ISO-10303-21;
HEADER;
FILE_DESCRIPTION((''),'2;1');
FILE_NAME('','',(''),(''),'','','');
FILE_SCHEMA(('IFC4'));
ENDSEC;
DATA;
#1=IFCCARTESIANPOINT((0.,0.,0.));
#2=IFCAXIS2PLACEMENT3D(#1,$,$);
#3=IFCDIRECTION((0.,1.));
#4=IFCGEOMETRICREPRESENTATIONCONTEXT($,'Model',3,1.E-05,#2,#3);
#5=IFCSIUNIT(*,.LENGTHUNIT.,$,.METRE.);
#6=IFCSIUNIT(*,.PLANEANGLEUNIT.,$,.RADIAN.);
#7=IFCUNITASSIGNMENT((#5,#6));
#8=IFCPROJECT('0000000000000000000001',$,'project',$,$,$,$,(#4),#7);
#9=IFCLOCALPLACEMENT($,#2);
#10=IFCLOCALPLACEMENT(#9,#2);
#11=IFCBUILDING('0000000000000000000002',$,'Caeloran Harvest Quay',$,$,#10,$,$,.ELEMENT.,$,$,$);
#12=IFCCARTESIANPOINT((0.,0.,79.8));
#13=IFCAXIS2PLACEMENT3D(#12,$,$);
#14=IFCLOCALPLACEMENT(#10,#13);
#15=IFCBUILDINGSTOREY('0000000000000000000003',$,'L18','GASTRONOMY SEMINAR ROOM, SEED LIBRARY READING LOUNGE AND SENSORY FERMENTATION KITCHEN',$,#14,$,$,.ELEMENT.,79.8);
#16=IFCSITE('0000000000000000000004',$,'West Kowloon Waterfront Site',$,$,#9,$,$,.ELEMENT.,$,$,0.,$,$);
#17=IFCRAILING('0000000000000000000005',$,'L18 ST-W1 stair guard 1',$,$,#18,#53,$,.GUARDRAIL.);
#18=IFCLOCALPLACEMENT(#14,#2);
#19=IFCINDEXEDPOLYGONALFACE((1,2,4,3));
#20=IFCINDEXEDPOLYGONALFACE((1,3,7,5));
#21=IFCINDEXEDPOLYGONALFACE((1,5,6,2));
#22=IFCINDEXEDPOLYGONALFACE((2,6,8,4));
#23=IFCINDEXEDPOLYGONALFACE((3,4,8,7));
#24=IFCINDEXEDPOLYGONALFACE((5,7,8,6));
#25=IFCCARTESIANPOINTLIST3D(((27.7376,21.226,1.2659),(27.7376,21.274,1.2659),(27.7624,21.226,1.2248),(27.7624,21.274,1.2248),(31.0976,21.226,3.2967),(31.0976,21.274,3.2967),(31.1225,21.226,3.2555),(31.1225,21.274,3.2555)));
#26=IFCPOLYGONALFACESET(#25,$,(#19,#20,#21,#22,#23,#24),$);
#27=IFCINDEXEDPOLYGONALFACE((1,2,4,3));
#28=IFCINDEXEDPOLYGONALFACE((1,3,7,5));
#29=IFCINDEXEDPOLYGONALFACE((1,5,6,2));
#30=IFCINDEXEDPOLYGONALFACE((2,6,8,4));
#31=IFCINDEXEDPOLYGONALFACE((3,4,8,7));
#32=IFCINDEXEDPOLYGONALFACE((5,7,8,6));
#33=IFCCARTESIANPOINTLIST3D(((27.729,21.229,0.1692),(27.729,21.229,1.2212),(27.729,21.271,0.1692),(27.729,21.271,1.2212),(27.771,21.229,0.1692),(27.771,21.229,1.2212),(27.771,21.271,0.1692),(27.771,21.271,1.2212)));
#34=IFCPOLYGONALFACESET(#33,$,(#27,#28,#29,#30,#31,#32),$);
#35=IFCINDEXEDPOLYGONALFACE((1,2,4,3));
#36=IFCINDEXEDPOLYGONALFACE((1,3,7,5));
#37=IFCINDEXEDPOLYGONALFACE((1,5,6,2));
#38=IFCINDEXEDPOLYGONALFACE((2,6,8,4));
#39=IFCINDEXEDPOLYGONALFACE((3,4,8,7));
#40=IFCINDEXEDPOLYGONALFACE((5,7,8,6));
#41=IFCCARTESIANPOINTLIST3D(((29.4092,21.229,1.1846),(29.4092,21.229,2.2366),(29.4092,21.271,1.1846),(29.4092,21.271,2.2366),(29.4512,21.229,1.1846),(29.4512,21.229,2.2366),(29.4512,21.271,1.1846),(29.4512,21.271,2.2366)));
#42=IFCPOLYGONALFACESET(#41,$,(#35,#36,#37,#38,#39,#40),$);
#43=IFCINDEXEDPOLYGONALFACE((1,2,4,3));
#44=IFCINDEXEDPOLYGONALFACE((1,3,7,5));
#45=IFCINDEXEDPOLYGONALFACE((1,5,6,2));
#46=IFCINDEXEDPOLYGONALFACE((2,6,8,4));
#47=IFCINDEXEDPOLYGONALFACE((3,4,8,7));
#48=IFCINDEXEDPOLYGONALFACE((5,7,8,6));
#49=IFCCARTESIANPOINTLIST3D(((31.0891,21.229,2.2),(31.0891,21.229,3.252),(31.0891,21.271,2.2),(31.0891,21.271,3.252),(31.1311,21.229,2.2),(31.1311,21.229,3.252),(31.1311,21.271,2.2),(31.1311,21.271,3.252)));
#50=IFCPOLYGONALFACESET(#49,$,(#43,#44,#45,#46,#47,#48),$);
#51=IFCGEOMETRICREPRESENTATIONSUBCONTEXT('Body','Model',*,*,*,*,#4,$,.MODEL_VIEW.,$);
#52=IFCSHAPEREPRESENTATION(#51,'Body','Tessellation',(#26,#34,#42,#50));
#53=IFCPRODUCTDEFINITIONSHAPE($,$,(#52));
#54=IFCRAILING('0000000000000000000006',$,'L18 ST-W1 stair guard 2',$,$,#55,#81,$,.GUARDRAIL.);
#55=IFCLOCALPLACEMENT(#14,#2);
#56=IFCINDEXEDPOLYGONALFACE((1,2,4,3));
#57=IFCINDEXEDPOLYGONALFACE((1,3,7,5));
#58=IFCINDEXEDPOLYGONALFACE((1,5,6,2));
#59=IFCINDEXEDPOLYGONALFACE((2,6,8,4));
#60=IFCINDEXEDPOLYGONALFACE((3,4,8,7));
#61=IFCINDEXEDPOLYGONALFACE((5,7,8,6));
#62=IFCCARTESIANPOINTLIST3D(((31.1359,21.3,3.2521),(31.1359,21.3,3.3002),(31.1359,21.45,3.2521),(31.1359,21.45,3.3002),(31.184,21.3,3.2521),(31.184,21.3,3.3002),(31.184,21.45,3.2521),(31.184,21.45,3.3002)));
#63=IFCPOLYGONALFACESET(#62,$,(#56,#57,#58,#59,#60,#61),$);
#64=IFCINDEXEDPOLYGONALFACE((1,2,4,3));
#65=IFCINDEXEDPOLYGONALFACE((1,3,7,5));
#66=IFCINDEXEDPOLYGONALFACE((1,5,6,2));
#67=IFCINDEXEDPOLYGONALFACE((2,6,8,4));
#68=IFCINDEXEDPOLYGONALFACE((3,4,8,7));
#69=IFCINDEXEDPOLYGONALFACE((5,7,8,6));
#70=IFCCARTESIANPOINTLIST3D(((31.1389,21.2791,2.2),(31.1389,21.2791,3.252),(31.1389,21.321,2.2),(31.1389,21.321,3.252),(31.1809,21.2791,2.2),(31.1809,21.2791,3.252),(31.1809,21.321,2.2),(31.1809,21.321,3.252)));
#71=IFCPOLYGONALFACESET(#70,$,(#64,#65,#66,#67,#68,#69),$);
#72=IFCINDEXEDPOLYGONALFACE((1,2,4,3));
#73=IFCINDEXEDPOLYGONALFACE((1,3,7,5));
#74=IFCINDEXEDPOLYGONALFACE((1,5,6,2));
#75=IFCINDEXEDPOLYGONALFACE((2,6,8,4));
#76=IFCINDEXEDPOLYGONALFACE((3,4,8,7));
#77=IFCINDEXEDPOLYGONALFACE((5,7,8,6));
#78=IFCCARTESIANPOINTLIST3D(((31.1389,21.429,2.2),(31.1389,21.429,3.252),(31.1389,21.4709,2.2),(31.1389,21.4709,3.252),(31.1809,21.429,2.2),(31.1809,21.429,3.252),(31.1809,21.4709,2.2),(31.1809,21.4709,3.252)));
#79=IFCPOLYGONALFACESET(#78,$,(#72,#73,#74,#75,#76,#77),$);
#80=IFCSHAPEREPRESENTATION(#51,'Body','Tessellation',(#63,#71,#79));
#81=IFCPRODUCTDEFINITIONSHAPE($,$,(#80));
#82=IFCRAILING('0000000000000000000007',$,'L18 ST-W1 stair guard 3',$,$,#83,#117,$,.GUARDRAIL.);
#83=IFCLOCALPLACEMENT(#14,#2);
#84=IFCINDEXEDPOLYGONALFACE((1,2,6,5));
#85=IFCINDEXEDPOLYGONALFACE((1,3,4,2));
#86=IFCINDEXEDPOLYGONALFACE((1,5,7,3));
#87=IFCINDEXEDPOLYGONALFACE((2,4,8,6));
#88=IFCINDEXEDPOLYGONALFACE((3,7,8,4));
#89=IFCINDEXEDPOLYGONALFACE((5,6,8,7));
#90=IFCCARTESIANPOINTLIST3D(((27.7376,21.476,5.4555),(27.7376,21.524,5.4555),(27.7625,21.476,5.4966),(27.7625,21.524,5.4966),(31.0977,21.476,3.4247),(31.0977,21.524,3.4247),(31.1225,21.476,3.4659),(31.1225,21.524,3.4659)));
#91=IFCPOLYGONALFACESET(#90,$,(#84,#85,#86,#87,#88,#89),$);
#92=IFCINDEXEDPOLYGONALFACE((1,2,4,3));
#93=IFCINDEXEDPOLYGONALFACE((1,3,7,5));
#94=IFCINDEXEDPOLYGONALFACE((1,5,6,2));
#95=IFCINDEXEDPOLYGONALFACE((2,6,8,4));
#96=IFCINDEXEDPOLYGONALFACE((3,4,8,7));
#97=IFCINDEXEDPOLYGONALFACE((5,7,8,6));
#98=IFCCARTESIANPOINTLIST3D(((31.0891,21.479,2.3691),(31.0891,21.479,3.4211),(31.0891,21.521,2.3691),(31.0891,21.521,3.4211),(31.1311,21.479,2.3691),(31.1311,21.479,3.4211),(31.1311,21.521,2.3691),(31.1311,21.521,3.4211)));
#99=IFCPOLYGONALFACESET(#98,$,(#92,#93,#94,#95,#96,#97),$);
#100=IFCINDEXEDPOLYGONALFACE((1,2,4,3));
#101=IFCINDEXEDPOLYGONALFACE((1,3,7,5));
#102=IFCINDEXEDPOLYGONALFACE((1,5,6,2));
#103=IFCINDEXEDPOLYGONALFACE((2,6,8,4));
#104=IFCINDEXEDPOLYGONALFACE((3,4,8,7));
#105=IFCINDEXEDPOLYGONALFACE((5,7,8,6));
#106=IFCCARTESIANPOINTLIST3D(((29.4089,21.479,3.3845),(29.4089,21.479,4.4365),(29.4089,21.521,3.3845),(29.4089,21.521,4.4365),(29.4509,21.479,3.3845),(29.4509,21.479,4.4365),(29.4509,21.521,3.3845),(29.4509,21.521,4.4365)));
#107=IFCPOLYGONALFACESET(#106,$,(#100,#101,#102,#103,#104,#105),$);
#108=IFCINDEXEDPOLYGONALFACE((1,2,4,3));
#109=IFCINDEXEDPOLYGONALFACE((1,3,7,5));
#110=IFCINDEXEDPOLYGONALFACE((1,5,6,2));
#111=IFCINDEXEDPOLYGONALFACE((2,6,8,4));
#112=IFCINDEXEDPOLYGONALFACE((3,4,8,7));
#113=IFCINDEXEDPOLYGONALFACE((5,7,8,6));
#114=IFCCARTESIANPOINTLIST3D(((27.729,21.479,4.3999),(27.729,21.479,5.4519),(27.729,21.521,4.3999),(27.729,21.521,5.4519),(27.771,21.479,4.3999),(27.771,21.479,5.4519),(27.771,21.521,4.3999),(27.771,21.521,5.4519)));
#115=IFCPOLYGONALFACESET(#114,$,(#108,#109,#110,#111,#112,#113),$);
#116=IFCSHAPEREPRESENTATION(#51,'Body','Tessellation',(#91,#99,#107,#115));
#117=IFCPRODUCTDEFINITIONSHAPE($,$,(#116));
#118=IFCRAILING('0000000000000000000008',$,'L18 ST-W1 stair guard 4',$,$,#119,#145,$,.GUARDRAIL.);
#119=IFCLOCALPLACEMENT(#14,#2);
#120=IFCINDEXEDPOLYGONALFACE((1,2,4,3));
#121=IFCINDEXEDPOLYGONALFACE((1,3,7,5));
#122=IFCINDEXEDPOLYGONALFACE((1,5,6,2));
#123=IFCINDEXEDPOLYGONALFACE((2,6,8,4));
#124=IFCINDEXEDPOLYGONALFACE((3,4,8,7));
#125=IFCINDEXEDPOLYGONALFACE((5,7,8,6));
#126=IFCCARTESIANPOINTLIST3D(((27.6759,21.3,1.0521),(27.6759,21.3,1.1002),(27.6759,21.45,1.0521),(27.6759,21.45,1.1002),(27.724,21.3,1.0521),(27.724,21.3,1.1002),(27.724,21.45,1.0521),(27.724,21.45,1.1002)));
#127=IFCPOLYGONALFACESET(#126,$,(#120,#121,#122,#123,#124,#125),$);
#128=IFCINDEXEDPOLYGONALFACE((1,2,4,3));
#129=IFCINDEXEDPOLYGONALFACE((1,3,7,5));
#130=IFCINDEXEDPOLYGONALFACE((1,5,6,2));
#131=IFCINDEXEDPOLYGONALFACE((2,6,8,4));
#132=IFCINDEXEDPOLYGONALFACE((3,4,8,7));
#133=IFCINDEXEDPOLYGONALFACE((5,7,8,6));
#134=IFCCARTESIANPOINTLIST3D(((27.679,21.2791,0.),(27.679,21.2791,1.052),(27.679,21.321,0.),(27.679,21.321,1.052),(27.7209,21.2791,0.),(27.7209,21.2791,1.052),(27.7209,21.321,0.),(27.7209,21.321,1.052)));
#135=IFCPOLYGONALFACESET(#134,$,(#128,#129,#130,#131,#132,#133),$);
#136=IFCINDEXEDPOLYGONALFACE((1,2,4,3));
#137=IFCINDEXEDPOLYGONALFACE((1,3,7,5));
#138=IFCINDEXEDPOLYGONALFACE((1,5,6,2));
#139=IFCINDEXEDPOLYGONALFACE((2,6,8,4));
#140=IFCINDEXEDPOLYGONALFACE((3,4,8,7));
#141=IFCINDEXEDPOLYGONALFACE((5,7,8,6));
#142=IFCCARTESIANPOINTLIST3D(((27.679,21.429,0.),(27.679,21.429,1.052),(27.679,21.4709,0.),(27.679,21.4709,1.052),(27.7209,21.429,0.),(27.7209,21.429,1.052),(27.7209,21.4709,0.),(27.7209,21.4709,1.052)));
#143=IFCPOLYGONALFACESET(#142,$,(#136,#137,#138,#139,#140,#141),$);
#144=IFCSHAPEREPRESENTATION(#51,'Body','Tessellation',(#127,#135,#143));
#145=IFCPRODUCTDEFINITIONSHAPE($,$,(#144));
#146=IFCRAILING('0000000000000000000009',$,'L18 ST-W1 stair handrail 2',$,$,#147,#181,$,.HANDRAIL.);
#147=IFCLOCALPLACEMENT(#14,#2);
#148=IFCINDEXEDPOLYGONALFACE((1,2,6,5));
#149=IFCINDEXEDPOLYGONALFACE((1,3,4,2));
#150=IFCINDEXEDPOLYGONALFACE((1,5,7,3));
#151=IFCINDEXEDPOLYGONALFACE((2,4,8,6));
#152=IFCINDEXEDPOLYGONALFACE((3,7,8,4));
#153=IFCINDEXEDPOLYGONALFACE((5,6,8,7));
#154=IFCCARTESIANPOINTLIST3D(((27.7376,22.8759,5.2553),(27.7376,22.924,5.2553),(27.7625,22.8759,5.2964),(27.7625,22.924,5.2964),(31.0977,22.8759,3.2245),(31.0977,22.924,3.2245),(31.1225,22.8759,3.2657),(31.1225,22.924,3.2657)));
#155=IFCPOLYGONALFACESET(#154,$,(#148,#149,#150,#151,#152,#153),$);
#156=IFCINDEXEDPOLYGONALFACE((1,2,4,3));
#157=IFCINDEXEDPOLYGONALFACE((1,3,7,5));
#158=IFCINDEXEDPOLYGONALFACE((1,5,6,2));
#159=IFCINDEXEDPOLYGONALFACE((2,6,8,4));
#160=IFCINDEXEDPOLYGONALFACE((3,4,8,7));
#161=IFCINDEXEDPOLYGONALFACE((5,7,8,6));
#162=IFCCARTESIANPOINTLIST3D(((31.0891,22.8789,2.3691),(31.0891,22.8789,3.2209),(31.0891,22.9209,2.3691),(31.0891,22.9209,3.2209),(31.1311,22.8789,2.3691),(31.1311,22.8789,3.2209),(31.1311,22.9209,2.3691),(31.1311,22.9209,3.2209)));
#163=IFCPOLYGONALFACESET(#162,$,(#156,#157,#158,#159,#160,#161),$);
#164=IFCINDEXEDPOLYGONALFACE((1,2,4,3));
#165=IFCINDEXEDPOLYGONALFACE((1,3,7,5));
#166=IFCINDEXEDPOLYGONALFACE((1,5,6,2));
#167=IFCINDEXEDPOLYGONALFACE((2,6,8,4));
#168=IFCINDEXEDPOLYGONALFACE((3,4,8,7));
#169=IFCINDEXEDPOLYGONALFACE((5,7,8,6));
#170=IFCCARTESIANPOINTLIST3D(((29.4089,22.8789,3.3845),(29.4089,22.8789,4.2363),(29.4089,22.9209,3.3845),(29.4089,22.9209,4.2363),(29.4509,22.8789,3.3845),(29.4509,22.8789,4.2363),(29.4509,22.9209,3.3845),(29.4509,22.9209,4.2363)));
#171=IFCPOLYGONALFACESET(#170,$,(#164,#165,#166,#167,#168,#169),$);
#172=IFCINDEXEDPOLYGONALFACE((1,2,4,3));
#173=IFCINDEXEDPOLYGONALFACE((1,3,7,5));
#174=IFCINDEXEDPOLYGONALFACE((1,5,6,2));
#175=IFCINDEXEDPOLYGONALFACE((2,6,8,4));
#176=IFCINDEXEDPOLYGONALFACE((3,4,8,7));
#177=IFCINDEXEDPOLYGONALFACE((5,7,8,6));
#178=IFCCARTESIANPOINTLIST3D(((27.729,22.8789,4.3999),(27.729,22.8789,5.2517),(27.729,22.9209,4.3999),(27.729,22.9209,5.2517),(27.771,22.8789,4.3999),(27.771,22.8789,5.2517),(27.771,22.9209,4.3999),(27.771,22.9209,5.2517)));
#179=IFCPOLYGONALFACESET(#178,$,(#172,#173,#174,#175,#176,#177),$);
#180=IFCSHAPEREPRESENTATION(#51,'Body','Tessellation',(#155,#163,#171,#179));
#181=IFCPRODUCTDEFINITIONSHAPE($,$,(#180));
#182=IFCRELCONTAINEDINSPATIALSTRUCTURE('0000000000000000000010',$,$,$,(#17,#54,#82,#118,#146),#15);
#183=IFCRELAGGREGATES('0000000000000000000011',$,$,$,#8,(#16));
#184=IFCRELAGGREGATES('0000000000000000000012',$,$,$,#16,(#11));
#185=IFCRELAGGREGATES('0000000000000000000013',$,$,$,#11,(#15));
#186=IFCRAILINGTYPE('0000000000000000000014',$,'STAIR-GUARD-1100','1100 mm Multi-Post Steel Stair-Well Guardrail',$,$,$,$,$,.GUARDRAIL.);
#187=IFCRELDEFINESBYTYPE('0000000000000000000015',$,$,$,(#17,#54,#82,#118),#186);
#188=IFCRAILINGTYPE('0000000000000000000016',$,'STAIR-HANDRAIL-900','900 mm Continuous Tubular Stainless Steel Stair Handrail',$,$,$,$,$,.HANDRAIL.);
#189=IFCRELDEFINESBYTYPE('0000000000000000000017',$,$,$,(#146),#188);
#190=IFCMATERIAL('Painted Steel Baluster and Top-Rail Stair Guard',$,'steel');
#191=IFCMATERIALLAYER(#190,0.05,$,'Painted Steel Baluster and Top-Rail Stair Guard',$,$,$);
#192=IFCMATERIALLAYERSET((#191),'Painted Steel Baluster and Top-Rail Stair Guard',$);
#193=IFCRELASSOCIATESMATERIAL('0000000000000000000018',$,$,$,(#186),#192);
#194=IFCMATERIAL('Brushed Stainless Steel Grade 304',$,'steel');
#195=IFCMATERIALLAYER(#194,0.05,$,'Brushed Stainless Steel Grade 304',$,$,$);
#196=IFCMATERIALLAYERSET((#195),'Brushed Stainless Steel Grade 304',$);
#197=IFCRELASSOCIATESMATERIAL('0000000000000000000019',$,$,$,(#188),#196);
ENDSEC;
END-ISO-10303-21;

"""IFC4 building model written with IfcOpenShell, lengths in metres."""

from ifc_helpers import new_model, si_unit, direction, frame, origin, origin_2d, place, context, subcontext, project, spatial, rectangle, extrude, material, layer, layer_set, type_object, element, save


model = new_model("IFC4")

# Units and contexts
model_context = context("Model", 3, precision=1e-05, world=origin(), true_north=direction((0.0, 1.0)))
body_context = subcontext(model_context, "Body", "Model", "MODEL_VIEW")
ifc_project = project(units=[si_unit("LENGTHUNIT", "METRE"), si_unit("PLANEANGLEUNIT", "RADIAN")], contexts=[model_context])

# Site, building, storey
site_placement = place(None, origin())
site = spatial("IfcSite", under=ifc_project, at=site_placement, Name="West Kowloon Waterfront Site", CompositionType="ELEMENT", RefElevation=0.0)
building_placement = place(site_placement, origin())
building = spatial("IfcBuilding", under=site, at=building_placement, Name="Caeloran Harvest Quay", CompositionType="ELEMENT")
storey_placement = place(building_placement, frame((0.0, 0.0, 79.8)))
storey = spatial("IfcBuildingStorey", under=building, at=storey_placement, Name="L18", Description="GASTRONOMY SEMINAR ROOM, SEED LIBRARY READING LOUNGE AND SENSORY FERMENTATION KITCHEN", CompositionType="ELEMENT", Elevation=79.8)

# Railings
ifc_material_1 = material(Name="Painted Steel Baluster and Top-Rail Stair Guard", Category="steel")
ifc_layer_1 = layer(ifc_material_1, 0.05, Name="Painted Steel Baluster and Top-Rail Stair Guard")
ifc_layer_set_1 = layer_set([ifc_layer_1], Name="Painted Steel Baluster and Top-Rail Stair Guard")
railing_type_1 = type_object("IfcRailingType", Name="STAIR-GUARD-1100", Description="1100 mm Multi-Post Steel Stair-Well Guardrail", PredefinedType="GUARDRAIL", material=ifc_layer_set_1)
railing_1_placement = place(storey_placement, frame((27.75, 21.25, 0.1692)))
element("IfcRailing", 1, at=railing_1_placement, inside=storey, type_object=railing_type_1, Name="L18 ST-W1 stair guard 1", PredefinedType="GUARDRAIL", context=body_context, shape_type="SweptSolid", body=[
    extrude(rectangle(XDim=0.0481, YDim=0.0481, at=origin_2d()), frame((0.0, 0.0, 1.0762), z_axis=(0.855837, 0.0, 0.517246), x_axis=(0.0, 1.0, 0.0)), (0.0, 0.0, 1.0), 3.926),
    extrude(rectangle(XDim=0.042, YDim=0.042, at=origin_2d()), origin(), (0.0, 0.0, 1.0), 1.052),
    extrude(rectangle(XDim=0.042, YDim=0.042, at=origin_2d()), frame((1.6802, 0.0, 1.0154)), (0.0, 0.0, 1.0), 1.052),
    extrude(rectangle(XDim=0.042, YDim=0.042, at=origin_2d()), frame((3.3601, 0.0, 2.0308)), (0.0, 0.0, 1.0), 1.052),
])
railing_2_placement = place(storey_placement, frame((31.1599, 21.3, 2.2)))
element("IfcRailing", 2, at=railing_2_placement, inside=storey, type_object=railing_type_1, Name="L18 ST-W1 stair guard 2", PredefinedType="GUARDRAIL", context=body_context, shape_type="SweptSolid", body=[
    extrude(rectangle(XDim=0.0481, YDim=0.0481, at=origin_2d()), frame((0.0, 0.0, 1.0762), z_axis=(0.0, 1.0, 0.0), x_axis=(-1.0, 0.0, 0.0)), (0.0, 0.0, 1.0), 0.1499),
    extrude(rectangle(XDim=0.042, YDim=0.042, at=origin_2d()), origin(), (0.0, 0.0, 1.0), 1.052),
    extrude(rectangle(XDim=0.042, YDim=0.042, at=origin_2d()), frame((0.0, 0.1499, 0.0)), (0.0, 0.0, 1.0), 1.052),
])
railing_3_placement = place(storey_placement, frame((31.1101, 21.5, 2.3691)))
element("IfcRailing", 3, at=railing_3_placement, inside=storey, type_object=railing_type_1, Name="L18 ST-W1 stair guard 3", PredefinedType="GUARDRAIL", context=body_context, shape_type="SweptSolid", body=[
    extrude(rectangle(XDim=0.0481, YDim=0.0481, at=origin_2d()), frame((0.0, 0.0, 1.0762), z_axis=(-0.855837, 0.0, 0.517246), x_axis=(0.0, -1.0, 0.0)), (0.0, 0.0, 1.0), 3.926),
    extrude(rectangle(XDim=0.042, YDim=0.042, at=origin_2d()), origin(), (0.0, 0.0, 1.0), 1.052),
    extrude(rectangle(XDim=0.042, YDim=0.042, at=origin_2d()), frame((-1.6802, 0.0, 1.0154)), (0.0, 0.0, 1.0), 1.052),
    extrude(rectangle(XDim=0.042, YDim=0.042, at=origin_2d()), frame((-3.3601, 0.0, 2.0308)), (0.0, 0.0, 1.0), 1.052),
])
railing_4_placement = place(storey_placement, frame((27.7, 21.3, 0.0)))
element("IfcRailing", 4, at=railing_4_placement, inside=storey, type_object=railing_type_1, Name="L18 ST-W1 stair guard 4", PredefinedType="GUARDRAIL", context=body_context, shape_type="SweptSolid", body=[
    extrude(rectangle(XDim=0.0481, YDim=0.0481, at=origin_2d()), frame((0.0, 0.0, 1.0762), z_axis=(0.0, 1.0, 0.0), x_axis=(-1.0, 0.0, 0.0)), (0.0, 0.0, 1.0), 0.1499),
    extrude(rectangle(XDim=0.042, YDim=0.042, at=origin_2d()), origin(), (0.0, 0.0, 1.0), 1.052),
    extrude(rectangle(XDim=0.042, YDim=0.042, at=origin_2d()), frame((0.0, 0.1499, 0.0)), (0.0, 0.0, 1.0), 1.052),
])
ifc_material_2 = material(Name="Brushed Stainless Steel Grade 304", Category="steel")
ifc_layer_2 = layer(ifc_material_2, 0.05, Name="Brushed Stainless Steel Grade 304")
ifc_layer_set_2 = layer_set([ifc_layer_2], Name="Brushed Stainless Steel Grade 304")
railing_type_2 = type_object("IfcRailingType", Name="STAIR-HANDRAIL-900", Description="900 mm Continuous Tubular Stainless Steel Stair Handrail", PredefinedType="HANDRAIL", material=ifc_layer_set_2)
railing_5_placement = place(storey_placement, frame((31.1101, 22.8999, 2.3691)))
element("IfcRailing", 5, at=railing_5_placement, inside=storey, type_object=railing_type_2, Name="L18 ST-W1 stair handrail 2", PredefinedType="HANDRAIL", context=body_context, shape_type="SweptSolid", body=[
    extrude(rectangle(XDim=0.0481, YDim=0.0481, at=origin_2d()), frame((0.0, 0.0, 0.876), z_axis=(-0.855837, 0.0, 0.517246), x_axis=(0.0, -1.0, 0.0)), (0.0, 0.0, 1.0), 3.926),
    extrude(rectangle(XDim=0.042, YDim=0.042, at=origin_2d()), origin(), (0.0, 0.0, 1.0), 0.8518),
    extrude(rectangle(XDim=0.042, YDim=0.042, at=origin_2d()), frame((-1.6802, 0.0, 1.0154)), (0.0, 0.0, 1.0), 0.8518),
    extrude(rectangle(XDim=0.042, YDim=0.042, at=origin_2d()), frame((-3.3601, 0.0, 2.0308)), (0.0, 0.0, 1.0), 0.8518),
])

save(model, "model.ifc")
